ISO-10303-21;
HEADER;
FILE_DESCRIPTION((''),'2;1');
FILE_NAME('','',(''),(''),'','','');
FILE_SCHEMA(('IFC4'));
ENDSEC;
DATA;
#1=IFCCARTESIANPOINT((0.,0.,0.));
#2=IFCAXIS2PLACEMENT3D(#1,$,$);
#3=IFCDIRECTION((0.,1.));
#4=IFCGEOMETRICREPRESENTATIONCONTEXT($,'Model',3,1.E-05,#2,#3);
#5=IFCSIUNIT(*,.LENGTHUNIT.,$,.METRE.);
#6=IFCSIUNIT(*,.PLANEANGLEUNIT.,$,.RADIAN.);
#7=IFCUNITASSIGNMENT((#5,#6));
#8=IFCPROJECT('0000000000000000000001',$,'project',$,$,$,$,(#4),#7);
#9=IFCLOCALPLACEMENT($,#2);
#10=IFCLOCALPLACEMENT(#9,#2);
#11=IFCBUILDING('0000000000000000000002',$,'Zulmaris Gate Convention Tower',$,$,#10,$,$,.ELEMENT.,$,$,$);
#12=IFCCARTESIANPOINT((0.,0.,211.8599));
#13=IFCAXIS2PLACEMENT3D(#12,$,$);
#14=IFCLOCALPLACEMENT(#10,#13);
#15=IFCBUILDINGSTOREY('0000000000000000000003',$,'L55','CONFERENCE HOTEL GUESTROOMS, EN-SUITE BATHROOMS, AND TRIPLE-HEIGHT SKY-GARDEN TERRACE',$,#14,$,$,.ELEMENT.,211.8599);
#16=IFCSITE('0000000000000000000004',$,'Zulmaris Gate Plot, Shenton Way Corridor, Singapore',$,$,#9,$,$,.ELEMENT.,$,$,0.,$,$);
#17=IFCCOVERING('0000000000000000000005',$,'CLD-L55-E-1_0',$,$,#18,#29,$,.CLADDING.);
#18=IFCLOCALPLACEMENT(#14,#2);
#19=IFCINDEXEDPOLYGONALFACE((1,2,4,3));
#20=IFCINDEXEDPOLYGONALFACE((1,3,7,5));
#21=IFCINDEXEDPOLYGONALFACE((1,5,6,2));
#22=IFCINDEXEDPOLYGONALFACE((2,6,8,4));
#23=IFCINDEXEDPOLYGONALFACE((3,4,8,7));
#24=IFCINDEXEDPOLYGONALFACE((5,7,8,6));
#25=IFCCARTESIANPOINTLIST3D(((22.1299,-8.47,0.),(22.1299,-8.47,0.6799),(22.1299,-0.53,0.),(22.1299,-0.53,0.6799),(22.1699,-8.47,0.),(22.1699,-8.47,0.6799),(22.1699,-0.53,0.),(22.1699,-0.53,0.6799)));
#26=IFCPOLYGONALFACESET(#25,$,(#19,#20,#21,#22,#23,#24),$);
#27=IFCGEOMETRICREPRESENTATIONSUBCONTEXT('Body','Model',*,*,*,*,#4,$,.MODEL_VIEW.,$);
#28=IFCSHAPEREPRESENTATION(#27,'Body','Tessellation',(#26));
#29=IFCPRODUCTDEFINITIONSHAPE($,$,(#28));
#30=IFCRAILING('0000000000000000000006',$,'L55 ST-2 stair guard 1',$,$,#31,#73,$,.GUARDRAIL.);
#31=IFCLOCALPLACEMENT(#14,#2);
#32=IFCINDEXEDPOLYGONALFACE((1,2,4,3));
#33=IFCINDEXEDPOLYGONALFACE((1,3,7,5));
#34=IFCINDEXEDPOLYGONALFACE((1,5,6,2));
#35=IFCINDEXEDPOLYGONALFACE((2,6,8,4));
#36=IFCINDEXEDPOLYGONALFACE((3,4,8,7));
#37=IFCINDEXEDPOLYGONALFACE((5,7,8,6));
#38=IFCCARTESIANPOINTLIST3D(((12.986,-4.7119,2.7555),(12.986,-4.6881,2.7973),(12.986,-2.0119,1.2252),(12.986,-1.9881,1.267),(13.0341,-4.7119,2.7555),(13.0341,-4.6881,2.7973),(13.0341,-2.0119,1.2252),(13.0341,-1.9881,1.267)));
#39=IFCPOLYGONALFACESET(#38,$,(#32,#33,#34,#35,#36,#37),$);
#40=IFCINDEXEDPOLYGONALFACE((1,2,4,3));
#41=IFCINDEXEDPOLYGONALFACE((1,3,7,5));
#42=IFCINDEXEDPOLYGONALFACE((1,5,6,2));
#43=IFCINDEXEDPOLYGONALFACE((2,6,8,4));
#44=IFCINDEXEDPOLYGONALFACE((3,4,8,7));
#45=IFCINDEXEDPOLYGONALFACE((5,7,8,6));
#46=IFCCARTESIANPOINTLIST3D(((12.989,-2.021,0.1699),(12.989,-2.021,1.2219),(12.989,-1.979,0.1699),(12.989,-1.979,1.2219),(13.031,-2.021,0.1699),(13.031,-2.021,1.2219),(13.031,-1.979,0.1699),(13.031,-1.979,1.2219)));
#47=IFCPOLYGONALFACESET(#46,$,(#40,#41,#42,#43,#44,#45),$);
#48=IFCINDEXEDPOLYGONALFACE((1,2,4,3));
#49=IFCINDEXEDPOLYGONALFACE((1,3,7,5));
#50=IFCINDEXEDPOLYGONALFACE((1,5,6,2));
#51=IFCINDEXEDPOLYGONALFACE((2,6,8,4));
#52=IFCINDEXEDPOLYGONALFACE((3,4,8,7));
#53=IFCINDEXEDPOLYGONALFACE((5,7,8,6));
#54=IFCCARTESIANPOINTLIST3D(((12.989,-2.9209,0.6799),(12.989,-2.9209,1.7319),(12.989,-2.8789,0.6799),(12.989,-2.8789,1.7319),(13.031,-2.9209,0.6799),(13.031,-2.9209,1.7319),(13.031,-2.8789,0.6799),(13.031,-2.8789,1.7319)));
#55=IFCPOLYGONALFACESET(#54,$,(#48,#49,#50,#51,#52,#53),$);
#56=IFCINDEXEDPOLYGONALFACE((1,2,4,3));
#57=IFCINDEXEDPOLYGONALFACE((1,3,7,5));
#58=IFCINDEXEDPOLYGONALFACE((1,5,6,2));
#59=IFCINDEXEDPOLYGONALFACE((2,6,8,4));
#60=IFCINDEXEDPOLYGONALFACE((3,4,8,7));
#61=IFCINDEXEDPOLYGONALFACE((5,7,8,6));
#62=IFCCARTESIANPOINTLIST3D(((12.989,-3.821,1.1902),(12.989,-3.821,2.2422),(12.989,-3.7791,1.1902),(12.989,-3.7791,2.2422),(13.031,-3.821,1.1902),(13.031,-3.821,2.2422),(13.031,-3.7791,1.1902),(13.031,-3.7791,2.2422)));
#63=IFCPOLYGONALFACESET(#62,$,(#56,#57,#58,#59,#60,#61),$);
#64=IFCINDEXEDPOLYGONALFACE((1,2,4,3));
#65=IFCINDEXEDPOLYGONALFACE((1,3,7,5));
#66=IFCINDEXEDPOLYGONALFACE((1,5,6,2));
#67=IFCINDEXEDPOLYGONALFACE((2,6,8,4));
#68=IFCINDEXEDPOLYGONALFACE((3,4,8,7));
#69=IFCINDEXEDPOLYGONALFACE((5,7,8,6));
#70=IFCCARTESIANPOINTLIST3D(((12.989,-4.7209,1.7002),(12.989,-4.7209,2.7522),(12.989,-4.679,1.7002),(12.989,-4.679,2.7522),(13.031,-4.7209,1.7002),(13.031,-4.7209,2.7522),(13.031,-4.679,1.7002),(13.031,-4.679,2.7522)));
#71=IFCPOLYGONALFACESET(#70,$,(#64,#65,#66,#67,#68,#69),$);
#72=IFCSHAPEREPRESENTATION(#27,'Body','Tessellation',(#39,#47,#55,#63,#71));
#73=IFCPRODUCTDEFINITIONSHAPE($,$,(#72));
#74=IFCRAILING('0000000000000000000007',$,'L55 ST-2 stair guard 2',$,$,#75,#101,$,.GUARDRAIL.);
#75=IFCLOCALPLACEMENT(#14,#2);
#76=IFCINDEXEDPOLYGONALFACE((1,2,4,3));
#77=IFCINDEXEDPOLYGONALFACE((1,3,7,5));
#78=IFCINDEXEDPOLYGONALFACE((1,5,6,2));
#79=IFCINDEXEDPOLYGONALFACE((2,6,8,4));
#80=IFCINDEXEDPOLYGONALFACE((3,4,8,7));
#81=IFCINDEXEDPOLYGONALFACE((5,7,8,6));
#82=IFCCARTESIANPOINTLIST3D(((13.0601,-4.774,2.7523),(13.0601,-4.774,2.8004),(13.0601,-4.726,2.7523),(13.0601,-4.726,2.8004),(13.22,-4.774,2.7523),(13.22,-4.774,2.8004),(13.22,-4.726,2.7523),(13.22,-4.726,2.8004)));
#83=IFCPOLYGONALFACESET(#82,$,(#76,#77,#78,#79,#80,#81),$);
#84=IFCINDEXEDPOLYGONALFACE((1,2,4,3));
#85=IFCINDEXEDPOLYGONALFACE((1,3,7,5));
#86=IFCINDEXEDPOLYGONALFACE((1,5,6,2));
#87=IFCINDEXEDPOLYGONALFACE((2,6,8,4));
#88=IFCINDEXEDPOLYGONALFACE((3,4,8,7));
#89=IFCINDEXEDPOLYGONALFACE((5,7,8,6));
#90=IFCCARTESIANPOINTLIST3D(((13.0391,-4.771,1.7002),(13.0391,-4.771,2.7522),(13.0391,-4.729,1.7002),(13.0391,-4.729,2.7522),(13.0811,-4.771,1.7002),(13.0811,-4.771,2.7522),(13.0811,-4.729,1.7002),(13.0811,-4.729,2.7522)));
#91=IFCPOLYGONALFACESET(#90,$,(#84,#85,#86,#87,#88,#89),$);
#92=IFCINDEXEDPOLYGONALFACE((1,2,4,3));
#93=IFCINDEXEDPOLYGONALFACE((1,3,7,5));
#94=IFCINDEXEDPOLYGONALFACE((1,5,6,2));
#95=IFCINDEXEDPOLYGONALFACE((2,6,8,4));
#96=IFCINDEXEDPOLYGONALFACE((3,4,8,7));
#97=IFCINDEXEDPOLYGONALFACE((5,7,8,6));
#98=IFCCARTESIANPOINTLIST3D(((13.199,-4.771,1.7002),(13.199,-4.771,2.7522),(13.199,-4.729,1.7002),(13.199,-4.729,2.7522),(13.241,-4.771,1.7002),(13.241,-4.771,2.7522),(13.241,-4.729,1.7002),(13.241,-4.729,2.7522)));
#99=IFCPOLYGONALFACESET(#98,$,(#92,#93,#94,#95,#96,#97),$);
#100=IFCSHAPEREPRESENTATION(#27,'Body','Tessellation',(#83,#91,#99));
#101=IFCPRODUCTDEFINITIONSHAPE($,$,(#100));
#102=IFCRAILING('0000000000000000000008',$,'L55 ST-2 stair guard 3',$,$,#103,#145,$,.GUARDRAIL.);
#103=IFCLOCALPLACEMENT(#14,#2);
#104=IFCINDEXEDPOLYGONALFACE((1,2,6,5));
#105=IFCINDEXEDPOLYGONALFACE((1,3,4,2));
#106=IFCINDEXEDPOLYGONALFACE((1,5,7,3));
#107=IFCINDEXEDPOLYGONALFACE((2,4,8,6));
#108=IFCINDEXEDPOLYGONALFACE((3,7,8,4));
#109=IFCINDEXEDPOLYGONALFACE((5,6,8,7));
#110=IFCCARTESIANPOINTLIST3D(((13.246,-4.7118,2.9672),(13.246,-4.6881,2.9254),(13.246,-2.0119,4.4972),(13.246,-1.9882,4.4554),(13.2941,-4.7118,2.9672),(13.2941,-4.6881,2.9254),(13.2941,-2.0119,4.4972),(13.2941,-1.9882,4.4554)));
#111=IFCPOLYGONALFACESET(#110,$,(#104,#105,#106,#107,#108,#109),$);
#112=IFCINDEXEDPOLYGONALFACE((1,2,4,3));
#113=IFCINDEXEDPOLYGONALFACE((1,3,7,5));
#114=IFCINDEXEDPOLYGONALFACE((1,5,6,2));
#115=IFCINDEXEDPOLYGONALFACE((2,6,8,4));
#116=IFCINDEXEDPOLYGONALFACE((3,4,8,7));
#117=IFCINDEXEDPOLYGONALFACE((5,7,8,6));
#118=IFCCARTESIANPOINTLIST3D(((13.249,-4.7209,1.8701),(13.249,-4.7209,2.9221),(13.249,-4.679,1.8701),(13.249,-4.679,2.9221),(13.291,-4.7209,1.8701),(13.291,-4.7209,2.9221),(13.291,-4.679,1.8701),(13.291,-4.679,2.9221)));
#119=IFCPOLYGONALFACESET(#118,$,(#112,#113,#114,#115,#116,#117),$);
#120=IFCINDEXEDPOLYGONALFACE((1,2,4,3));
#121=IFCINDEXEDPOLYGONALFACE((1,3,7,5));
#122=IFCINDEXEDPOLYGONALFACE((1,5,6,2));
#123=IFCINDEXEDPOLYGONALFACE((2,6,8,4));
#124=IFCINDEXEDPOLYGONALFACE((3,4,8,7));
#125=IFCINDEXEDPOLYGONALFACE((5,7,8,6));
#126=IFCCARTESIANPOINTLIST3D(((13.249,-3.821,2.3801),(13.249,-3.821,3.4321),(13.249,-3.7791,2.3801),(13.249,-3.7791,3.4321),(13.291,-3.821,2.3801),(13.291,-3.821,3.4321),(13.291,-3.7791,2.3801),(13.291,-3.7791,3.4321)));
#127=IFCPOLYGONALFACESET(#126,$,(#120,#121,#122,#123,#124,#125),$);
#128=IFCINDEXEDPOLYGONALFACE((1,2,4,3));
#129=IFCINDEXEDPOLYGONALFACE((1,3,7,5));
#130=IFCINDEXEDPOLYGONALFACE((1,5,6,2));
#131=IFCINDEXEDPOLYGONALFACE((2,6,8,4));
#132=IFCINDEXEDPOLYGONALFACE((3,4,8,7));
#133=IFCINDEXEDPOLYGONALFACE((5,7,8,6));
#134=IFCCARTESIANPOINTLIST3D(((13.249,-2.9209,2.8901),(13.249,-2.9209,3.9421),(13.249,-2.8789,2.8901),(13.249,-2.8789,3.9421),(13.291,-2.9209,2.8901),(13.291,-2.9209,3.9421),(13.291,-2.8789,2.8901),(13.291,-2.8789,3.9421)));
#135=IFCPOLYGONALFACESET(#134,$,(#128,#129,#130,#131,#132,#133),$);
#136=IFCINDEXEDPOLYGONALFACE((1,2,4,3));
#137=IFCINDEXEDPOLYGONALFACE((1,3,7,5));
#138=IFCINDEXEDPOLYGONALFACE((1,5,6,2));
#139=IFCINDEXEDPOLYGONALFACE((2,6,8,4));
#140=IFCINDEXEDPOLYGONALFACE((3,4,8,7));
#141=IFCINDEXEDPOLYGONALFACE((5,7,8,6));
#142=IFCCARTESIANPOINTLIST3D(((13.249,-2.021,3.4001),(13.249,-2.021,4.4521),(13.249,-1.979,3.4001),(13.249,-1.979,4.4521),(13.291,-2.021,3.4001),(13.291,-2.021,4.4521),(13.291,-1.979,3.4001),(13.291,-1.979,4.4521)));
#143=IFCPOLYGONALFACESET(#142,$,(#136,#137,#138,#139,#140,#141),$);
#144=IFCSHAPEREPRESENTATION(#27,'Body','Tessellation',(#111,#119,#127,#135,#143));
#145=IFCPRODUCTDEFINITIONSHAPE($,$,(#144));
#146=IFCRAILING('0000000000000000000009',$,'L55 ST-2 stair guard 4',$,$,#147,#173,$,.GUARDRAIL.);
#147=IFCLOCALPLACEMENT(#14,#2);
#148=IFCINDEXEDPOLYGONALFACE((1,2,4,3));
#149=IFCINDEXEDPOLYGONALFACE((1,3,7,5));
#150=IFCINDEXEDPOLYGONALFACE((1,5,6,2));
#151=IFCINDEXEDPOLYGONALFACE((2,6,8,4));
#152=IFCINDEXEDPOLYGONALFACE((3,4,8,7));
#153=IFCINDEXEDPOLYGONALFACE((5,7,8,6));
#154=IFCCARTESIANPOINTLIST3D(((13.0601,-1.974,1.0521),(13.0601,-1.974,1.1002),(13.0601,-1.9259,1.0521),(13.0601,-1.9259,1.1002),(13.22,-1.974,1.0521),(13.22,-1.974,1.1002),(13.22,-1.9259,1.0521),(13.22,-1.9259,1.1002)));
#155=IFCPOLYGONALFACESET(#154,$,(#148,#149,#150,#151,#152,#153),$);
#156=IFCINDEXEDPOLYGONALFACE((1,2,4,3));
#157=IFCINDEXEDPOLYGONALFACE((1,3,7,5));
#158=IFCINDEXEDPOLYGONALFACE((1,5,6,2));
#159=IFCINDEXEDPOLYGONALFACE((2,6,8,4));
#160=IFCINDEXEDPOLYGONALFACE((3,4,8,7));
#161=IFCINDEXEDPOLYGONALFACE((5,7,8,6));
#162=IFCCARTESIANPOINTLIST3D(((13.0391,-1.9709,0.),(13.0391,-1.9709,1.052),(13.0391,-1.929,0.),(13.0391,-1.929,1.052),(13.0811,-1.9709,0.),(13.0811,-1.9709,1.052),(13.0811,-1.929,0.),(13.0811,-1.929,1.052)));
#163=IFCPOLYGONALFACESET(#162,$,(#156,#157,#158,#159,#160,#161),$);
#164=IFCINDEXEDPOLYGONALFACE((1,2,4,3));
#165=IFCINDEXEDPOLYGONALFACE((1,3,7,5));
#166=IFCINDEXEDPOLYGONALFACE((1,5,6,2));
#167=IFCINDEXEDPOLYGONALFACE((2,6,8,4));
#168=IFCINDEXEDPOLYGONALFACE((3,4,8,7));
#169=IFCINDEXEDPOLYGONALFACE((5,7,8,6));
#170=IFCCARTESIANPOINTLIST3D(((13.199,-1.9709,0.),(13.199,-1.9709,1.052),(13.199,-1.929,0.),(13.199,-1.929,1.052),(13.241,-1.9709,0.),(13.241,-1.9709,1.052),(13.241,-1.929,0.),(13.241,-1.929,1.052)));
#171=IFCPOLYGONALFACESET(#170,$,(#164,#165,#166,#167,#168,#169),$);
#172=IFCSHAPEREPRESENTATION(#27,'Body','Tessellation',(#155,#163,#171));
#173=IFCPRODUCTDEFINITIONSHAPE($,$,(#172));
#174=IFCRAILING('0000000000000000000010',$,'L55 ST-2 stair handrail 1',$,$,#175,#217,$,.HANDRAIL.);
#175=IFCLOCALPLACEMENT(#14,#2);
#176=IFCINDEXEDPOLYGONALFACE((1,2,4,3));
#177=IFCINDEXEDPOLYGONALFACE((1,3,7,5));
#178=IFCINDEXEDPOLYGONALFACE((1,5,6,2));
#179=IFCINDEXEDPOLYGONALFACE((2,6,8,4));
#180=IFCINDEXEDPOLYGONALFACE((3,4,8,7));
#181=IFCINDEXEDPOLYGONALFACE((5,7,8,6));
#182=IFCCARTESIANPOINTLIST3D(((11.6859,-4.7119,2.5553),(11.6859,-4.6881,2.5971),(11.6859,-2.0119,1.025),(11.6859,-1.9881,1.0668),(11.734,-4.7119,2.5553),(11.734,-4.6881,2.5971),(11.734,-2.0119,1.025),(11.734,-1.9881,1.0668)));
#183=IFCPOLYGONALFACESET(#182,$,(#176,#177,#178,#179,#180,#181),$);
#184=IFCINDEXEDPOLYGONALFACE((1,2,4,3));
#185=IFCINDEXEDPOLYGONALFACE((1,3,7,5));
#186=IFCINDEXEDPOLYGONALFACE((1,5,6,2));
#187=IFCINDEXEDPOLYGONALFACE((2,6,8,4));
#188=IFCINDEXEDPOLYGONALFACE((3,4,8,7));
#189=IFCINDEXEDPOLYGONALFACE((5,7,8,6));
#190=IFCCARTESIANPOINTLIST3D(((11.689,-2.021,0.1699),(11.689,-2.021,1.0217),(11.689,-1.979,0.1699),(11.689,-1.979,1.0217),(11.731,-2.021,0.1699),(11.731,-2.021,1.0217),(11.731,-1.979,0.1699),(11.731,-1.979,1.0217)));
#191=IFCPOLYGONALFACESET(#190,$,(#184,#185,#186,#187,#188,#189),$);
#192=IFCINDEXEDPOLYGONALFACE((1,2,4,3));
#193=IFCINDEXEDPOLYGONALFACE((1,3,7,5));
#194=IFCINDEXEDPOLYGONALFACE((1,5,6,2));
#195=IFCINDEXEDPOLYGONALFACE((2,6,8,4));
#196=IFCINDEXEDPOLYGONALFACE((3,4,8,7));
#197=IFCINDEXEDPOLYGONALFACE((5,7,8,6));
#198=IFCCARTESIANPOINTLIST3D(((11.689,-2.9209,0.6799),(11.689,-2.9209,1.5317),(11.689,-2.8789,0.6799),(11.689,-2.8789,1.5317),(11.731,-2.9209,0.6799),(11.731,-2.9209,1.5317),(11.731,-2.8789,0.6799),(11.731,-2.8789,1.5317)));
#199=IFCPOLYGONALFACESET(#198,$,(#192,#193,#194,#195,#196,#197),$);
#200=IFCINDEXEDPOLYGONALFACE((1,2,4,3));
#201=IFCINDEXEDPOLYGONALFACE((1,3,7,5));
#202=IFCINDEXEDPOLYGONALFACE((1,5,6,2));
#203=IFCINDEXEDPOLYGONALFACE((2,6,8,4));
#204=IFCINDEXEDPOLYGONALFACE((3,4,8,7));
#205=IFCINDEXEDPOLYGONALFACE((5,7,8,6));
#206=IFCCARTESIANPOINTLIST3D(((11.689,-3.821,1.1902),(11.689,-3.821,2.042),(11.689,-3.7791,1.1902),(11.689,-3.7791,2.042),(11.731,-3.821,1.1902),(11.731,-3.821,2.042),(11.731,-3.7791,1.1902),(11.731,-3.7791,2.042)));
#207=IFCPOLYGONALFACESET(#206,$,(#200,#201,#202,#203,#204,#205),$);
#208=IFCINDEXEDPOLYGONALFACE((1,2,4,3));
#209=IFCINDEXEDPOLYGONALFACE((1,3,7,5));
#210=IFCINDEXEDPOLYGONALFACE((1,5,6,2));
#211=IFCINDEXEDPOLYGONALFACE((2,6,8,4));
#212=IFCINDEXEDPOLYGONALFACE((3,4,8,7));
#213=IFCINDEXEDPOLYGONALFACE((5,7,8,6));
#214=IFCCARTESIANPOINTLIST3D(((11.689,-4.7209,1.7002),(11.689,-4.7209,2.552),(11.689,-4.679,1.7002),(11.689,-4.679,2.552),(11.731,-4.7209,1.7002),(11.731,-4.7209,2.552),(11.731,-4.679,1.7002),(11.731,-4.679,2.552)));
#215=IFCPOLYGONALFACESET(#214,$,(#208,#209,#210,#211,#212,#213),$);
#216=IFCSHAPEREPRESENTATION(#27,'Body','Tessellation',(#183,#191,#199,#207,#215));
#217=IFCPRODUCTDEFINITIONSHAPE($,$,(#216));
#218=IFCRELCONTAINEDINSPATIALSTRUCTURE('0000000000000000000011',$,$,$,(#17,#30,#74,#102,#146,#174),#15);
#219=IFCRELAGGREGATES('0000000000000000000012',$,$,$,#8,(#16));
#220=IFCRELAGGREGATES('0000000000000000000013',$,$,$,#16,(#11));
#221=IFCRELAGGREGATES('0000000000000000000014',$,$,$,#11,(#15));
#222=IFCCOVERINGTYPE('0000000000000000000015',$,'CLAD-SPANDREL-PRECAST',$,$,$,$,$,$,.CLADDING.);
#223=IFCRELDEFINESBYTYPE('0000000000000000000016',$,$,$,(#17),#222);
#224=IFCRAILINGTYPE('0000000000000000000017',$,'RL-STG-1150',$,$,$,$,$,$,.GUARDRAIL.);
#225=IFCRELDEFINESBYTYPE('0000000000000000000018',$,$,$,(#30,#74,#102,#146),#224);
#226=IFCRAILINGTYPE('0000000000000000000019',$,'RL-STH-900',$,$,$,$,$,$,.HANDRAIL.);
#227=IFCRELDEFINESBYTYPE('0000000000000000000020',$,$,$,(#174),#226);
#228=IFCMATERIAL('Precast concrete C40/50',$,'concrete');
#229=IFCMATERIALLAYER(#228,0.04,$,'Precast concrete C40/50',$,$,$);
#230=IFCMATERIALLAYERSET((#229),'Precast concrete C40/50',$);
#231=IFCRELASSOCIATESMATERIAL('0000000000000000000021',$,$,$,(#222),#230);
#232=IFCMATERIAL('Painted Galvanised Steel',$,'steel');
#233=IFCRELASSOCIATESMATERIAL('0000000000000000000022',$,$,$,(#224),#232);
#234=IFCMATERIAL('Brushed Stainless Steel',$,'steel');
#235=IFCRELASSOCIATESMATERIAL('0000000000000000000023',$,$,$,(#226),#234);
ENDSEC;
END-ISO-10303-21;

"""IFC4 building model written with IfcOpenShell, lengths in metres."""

from ifc_helpers import new_model, si_unit, direction, frame, frame_2d, origin, origin_2d, place, context, subcontext, project, spatial, rectangle, extrude, material, layer, layer_set, type_object, element, save


model = new_model("IFC4")

# Units and contexts
model_context = context("Model", 3, precision=1e-05, world=origin(), true_north=direction((0.0, 1.0)))
body_context = subcontext(model_context, "Body", "Model", "MODEL_VIEW")
ifc_project = project(units=[si_unit("LENGTHUNIT", "METRE"), si_unit("PLANEANGLEUNIT", "RADIAN")], contexts=[model_context])

# Site, building, storey
site_placement = place(None, origin())
site = spatial("IfcSite", under=ifc_project, at=site_placement, Name="Zulmaris Gate Plot, Shenton Way Corridor, Singapore", CompositionType="ELEMENT", RefElevation=0.0)
building_placement = place(site_placement, origin())
building = spatial("IfcBuilding", under=site, at=building_placement, Name="Zulmaris Gate Convention Tower", CompositionType="ELEMENT")
storey_placement = place(building_placement, frame((0.0, 0.0, 211.8599)))
storey = spatial("IfcBuildingStorey", under=building, at=storey_placement, Name="L55", Description="CONFERENCE HOTEL GUESTROOMS, EN-SUITE BATHROOMS, AND TRIPLE-HEIGHT SKY-GARDEN TERRACE", CompositionType="ELEMENT", Elevation=211.8599)

# Shared definitions
ifc_material_1 = material(Name="Precast concrete C40/50", Category="concrete")

# Covering
ifc_layer_1 = layer(ifc_material_1, 0.04, Name="Precast concrete C40/50")
ifc_layer_set_1 = layer_set([ifc_layer_1], Name="Precast concrete C40/50")
covering_type = type_object("IfcCoveringType", Name="CLAD-SPANDREL-PRECAST", PredefinedType="CLADDING", material=ifc_layer_set_1)
covering_placement = place(storey_placement, frame((22.1499, -8.47, 0.0), z_axis=(0.0, 0.0, 1.0), x_axis=(0.0, 1.0, 0.0)))
element("IfcCovering", 1, at=covering_placement, inside=storey, type_object=covering_type, Name="CLD-L55-E-1_0", PredefinedType="CLADDING", context=body_context, shape_type="SweptSolid", body=[
    extrude(rectangle(XDim=7.9399, YDim=0.04, at=frame_2d((3.97, 0.0))), origin(), (0.0, 0.0, 1.0), 0.6799),
])

# Railings
ifc_material_2 = material(Name="Painted Galvanised Steel", Category="steel")
railing_type_1 = type_object("IfcRailingType", Name="RL-STG-1150", PredefinedType="GUARDRAIL", material=ifc_material_2)
railing_1_placement = place(storey_placement, frame((13.01, -2.0, 0.1699)))
element("IfcRailing", 2, at=railing_1_placement, inside=storey, type_object=railing_type_1, Name="L55 ST-2 stair guard 1", PredefinedType="GUARDRAIL", context=body_context, shape_type="SweptSolid", body=[
    extrude(rectangle(XDim=0.0481, YDim=0.0481, at=origin_2d()), frame((0.0, 0.0, 1.0762), z_axis=(0.0, -0.869981, 0.493086), x_axis=(1.0, 0.0, 0.0)), (0.0, 0.0, 1.0), 3.1035),
    extrude(rectangle(XDim=0.042, YDim=0.042, at=origin_2d()), origin(), (0.0, 0.0, 1.0), 1.052),
    extrude(rectangle(XDim=0.042, YDim=0.042, at=origin_2d()), frame((0.0, -0.8999, 0.51)), (0.0, 0.0, 1.0), 1.052),
    extrude(rectangle(XDim=0.042, YDim=0.042, at=origin_2d()), frame((0.0, -1.8, 1.0203)), (0.0, 0.0, 1.0), 1.052),
    extrude(rectangle(XDim=0.042, YDim=0.042, at=origin_2d()), frame((0.0, -2.7, 1.5303)), (0.0, 0.0, 1.0), 1.052),
])
railing_2_placement = place(storey_placement, frame((13.0601, -4.75, 1.7002)))
element("IfcRailing", 3, at=railing_2_placement, inside=storey, type_object=railing_type_1, Name="L55 ST-2 stair guard 2", PredefinedType="GUARDRAIL", context=body_context, shape_type="SweptSolid", body=[
    extrude(rectangle(XDim=0.0481, YDim=0.0481, at=origin_2d()), frame((0.0, 0.0, 1.0762), z_axis=(1.0, 0.0, 0.0), x_axis=(0.0, 1.0, 0.0)), (0.0, 0.0, 1.0), 0.1599),
    extrude(rectangle(XDim=0.042, YDim=0.042, at=origin_2d()), origin(), (0.0, 0.0, 1.0), 1.052),
    extrude(rectangle(XDim=0.042, YDim=0.042, at=origin_2d()), frame((0.1599, 0.0, 0.0)), (0.0, 0.0, 1.0), 1.052),
])
railing_3_placement = place(storey_placement, frame((13.27, -4.7, 1.8701)))
element("IfcRailing", 4, at=railing_3_placement, inside=storey, type_object=railing_type_1, Name="L55 ST-2 stair guard 3", PredefinedType="GUARDRAIL", context=body_context, shape_type="SweptSolid", body=[
    extrude(rectangle(XDim=0.0481, YDim=0.0481, at=origin_2d()), frame((0.0, 0.0, 1.0762), z_axis=(0.0, 0.870014, 0.493026), x_axis=(-1.0, 0.0, 0.0)), (0.0, 0.0, 1.0), 3.1033),
    extrude(rectangle(XDim=0.042, YDim=0.042, at=origin_2d()), origin(), (0.0, 0.0, 1.0), 1.052),
    extrude(rectangle(XDim=0.042, YDim=0.042, at=origin_2d()), frame((0.0, 0.8999, 0.51)), (0.0, 0.0, 1.0), 1.052),
    extrude(rectangle(XDim=0.042, YDim=0.042, at=origin_2d()), frame((0.0, 1.8, 1.02)), (0.0, 0.0, 1.0), 1.052),
    extrude(rectangle(XDim=0.042, YDim=0.042, at=origin_2d()), frame((0.0, 2.7, 1.53)), (0.0, 0.0, 1.0), 1.052),
])
railing_4_placement = place(storey_placement, frame((13.0601, -1.95, 0.0)))
element("IfcRailing", 5, at=railing_4_placement, inside=storey, type_object=railing_type_1, Name="L55 ST-2 stair guard 4", PredefinedType="GUARDRAIL", context=body_context, shape_type="SweptSolid", body=[
    extrude(rectangle(XDim=0.0481, YDim=0.0481, at=origin_2d()), frame((0.0, 0.0, 1.0762), z_axis=(1.0, 0.0, 0.0), x_axis=(0.0, 1.0, 0.0)), (0.0, 0.0, 1.0), 0.1599),
    extrude(rectangle(XDim=0.042, YDim=0.042, at=origin_2d()), origin(), (0.0, 0.0, 1.0), 1.052),
    extrude(rectangle(XDim=0.042, YDim=0.042, at=origin_2d()), frame((0.1599, 0.0, 0.0)), (0.0, 0.0, 1.0), 1.052),
])
ifc_material_3 = material(Name="Brushed Stainless Steel", Category="steel")
railing_type_2 = type_object("IfcRailingType", Name="RL-STH-900", PredefinedType="HANDRAIL", material=ifc_material_3)
railing_5_placement = place(storey_placement, frame((11.71, -2.0, 0.1699)))
element("IfcRailing", 6, at=railing_5_placement, inside=storey, type_object=railing_type_2, Name="L55 ST-2 stair handrail 1", PredefinedType="HANDRAIL", context=body_context, shape_type="SweptSolid", body=[
    extrude(rectangle(XDim=0.0481, YDim=0.0481, at=origin_2d()), frame((0.0, 0.0, 0.876), z_axis=(0.0, -0.869981, 0.493086), x_axis=(1.0, 0.0, 0.0)), (0.0, 0.0, 1.0), 3.1035),
    extrude(rectangle(XDim=0.042, YDim=0.042, at=origin_2d()), origin(), (0.0, 0.0, 1.0), 0.8518),
    extrude(rectangle(XDim=0.042, YDim=0.042, at=origin_2d()), frame((0.0, -0.8999, 0.51)), (0.0, 0.0, 1.0), 0.8518),
    extrude(rectangle(XDim=0.042, YDim=0.042, at=origin_2d()), frame((0.0, -1.8, 1.0203)), (0.0, 0.0, 1.0), 0.8518),
    extrude(rectangle(XDim=0.042, YDim=0.042, at=origin_2d()), frame((0.0, -2.7, 1.5303)), (0.0, 0.0, 1.0), 0.8518),
])

save(model, "model.ifc")
